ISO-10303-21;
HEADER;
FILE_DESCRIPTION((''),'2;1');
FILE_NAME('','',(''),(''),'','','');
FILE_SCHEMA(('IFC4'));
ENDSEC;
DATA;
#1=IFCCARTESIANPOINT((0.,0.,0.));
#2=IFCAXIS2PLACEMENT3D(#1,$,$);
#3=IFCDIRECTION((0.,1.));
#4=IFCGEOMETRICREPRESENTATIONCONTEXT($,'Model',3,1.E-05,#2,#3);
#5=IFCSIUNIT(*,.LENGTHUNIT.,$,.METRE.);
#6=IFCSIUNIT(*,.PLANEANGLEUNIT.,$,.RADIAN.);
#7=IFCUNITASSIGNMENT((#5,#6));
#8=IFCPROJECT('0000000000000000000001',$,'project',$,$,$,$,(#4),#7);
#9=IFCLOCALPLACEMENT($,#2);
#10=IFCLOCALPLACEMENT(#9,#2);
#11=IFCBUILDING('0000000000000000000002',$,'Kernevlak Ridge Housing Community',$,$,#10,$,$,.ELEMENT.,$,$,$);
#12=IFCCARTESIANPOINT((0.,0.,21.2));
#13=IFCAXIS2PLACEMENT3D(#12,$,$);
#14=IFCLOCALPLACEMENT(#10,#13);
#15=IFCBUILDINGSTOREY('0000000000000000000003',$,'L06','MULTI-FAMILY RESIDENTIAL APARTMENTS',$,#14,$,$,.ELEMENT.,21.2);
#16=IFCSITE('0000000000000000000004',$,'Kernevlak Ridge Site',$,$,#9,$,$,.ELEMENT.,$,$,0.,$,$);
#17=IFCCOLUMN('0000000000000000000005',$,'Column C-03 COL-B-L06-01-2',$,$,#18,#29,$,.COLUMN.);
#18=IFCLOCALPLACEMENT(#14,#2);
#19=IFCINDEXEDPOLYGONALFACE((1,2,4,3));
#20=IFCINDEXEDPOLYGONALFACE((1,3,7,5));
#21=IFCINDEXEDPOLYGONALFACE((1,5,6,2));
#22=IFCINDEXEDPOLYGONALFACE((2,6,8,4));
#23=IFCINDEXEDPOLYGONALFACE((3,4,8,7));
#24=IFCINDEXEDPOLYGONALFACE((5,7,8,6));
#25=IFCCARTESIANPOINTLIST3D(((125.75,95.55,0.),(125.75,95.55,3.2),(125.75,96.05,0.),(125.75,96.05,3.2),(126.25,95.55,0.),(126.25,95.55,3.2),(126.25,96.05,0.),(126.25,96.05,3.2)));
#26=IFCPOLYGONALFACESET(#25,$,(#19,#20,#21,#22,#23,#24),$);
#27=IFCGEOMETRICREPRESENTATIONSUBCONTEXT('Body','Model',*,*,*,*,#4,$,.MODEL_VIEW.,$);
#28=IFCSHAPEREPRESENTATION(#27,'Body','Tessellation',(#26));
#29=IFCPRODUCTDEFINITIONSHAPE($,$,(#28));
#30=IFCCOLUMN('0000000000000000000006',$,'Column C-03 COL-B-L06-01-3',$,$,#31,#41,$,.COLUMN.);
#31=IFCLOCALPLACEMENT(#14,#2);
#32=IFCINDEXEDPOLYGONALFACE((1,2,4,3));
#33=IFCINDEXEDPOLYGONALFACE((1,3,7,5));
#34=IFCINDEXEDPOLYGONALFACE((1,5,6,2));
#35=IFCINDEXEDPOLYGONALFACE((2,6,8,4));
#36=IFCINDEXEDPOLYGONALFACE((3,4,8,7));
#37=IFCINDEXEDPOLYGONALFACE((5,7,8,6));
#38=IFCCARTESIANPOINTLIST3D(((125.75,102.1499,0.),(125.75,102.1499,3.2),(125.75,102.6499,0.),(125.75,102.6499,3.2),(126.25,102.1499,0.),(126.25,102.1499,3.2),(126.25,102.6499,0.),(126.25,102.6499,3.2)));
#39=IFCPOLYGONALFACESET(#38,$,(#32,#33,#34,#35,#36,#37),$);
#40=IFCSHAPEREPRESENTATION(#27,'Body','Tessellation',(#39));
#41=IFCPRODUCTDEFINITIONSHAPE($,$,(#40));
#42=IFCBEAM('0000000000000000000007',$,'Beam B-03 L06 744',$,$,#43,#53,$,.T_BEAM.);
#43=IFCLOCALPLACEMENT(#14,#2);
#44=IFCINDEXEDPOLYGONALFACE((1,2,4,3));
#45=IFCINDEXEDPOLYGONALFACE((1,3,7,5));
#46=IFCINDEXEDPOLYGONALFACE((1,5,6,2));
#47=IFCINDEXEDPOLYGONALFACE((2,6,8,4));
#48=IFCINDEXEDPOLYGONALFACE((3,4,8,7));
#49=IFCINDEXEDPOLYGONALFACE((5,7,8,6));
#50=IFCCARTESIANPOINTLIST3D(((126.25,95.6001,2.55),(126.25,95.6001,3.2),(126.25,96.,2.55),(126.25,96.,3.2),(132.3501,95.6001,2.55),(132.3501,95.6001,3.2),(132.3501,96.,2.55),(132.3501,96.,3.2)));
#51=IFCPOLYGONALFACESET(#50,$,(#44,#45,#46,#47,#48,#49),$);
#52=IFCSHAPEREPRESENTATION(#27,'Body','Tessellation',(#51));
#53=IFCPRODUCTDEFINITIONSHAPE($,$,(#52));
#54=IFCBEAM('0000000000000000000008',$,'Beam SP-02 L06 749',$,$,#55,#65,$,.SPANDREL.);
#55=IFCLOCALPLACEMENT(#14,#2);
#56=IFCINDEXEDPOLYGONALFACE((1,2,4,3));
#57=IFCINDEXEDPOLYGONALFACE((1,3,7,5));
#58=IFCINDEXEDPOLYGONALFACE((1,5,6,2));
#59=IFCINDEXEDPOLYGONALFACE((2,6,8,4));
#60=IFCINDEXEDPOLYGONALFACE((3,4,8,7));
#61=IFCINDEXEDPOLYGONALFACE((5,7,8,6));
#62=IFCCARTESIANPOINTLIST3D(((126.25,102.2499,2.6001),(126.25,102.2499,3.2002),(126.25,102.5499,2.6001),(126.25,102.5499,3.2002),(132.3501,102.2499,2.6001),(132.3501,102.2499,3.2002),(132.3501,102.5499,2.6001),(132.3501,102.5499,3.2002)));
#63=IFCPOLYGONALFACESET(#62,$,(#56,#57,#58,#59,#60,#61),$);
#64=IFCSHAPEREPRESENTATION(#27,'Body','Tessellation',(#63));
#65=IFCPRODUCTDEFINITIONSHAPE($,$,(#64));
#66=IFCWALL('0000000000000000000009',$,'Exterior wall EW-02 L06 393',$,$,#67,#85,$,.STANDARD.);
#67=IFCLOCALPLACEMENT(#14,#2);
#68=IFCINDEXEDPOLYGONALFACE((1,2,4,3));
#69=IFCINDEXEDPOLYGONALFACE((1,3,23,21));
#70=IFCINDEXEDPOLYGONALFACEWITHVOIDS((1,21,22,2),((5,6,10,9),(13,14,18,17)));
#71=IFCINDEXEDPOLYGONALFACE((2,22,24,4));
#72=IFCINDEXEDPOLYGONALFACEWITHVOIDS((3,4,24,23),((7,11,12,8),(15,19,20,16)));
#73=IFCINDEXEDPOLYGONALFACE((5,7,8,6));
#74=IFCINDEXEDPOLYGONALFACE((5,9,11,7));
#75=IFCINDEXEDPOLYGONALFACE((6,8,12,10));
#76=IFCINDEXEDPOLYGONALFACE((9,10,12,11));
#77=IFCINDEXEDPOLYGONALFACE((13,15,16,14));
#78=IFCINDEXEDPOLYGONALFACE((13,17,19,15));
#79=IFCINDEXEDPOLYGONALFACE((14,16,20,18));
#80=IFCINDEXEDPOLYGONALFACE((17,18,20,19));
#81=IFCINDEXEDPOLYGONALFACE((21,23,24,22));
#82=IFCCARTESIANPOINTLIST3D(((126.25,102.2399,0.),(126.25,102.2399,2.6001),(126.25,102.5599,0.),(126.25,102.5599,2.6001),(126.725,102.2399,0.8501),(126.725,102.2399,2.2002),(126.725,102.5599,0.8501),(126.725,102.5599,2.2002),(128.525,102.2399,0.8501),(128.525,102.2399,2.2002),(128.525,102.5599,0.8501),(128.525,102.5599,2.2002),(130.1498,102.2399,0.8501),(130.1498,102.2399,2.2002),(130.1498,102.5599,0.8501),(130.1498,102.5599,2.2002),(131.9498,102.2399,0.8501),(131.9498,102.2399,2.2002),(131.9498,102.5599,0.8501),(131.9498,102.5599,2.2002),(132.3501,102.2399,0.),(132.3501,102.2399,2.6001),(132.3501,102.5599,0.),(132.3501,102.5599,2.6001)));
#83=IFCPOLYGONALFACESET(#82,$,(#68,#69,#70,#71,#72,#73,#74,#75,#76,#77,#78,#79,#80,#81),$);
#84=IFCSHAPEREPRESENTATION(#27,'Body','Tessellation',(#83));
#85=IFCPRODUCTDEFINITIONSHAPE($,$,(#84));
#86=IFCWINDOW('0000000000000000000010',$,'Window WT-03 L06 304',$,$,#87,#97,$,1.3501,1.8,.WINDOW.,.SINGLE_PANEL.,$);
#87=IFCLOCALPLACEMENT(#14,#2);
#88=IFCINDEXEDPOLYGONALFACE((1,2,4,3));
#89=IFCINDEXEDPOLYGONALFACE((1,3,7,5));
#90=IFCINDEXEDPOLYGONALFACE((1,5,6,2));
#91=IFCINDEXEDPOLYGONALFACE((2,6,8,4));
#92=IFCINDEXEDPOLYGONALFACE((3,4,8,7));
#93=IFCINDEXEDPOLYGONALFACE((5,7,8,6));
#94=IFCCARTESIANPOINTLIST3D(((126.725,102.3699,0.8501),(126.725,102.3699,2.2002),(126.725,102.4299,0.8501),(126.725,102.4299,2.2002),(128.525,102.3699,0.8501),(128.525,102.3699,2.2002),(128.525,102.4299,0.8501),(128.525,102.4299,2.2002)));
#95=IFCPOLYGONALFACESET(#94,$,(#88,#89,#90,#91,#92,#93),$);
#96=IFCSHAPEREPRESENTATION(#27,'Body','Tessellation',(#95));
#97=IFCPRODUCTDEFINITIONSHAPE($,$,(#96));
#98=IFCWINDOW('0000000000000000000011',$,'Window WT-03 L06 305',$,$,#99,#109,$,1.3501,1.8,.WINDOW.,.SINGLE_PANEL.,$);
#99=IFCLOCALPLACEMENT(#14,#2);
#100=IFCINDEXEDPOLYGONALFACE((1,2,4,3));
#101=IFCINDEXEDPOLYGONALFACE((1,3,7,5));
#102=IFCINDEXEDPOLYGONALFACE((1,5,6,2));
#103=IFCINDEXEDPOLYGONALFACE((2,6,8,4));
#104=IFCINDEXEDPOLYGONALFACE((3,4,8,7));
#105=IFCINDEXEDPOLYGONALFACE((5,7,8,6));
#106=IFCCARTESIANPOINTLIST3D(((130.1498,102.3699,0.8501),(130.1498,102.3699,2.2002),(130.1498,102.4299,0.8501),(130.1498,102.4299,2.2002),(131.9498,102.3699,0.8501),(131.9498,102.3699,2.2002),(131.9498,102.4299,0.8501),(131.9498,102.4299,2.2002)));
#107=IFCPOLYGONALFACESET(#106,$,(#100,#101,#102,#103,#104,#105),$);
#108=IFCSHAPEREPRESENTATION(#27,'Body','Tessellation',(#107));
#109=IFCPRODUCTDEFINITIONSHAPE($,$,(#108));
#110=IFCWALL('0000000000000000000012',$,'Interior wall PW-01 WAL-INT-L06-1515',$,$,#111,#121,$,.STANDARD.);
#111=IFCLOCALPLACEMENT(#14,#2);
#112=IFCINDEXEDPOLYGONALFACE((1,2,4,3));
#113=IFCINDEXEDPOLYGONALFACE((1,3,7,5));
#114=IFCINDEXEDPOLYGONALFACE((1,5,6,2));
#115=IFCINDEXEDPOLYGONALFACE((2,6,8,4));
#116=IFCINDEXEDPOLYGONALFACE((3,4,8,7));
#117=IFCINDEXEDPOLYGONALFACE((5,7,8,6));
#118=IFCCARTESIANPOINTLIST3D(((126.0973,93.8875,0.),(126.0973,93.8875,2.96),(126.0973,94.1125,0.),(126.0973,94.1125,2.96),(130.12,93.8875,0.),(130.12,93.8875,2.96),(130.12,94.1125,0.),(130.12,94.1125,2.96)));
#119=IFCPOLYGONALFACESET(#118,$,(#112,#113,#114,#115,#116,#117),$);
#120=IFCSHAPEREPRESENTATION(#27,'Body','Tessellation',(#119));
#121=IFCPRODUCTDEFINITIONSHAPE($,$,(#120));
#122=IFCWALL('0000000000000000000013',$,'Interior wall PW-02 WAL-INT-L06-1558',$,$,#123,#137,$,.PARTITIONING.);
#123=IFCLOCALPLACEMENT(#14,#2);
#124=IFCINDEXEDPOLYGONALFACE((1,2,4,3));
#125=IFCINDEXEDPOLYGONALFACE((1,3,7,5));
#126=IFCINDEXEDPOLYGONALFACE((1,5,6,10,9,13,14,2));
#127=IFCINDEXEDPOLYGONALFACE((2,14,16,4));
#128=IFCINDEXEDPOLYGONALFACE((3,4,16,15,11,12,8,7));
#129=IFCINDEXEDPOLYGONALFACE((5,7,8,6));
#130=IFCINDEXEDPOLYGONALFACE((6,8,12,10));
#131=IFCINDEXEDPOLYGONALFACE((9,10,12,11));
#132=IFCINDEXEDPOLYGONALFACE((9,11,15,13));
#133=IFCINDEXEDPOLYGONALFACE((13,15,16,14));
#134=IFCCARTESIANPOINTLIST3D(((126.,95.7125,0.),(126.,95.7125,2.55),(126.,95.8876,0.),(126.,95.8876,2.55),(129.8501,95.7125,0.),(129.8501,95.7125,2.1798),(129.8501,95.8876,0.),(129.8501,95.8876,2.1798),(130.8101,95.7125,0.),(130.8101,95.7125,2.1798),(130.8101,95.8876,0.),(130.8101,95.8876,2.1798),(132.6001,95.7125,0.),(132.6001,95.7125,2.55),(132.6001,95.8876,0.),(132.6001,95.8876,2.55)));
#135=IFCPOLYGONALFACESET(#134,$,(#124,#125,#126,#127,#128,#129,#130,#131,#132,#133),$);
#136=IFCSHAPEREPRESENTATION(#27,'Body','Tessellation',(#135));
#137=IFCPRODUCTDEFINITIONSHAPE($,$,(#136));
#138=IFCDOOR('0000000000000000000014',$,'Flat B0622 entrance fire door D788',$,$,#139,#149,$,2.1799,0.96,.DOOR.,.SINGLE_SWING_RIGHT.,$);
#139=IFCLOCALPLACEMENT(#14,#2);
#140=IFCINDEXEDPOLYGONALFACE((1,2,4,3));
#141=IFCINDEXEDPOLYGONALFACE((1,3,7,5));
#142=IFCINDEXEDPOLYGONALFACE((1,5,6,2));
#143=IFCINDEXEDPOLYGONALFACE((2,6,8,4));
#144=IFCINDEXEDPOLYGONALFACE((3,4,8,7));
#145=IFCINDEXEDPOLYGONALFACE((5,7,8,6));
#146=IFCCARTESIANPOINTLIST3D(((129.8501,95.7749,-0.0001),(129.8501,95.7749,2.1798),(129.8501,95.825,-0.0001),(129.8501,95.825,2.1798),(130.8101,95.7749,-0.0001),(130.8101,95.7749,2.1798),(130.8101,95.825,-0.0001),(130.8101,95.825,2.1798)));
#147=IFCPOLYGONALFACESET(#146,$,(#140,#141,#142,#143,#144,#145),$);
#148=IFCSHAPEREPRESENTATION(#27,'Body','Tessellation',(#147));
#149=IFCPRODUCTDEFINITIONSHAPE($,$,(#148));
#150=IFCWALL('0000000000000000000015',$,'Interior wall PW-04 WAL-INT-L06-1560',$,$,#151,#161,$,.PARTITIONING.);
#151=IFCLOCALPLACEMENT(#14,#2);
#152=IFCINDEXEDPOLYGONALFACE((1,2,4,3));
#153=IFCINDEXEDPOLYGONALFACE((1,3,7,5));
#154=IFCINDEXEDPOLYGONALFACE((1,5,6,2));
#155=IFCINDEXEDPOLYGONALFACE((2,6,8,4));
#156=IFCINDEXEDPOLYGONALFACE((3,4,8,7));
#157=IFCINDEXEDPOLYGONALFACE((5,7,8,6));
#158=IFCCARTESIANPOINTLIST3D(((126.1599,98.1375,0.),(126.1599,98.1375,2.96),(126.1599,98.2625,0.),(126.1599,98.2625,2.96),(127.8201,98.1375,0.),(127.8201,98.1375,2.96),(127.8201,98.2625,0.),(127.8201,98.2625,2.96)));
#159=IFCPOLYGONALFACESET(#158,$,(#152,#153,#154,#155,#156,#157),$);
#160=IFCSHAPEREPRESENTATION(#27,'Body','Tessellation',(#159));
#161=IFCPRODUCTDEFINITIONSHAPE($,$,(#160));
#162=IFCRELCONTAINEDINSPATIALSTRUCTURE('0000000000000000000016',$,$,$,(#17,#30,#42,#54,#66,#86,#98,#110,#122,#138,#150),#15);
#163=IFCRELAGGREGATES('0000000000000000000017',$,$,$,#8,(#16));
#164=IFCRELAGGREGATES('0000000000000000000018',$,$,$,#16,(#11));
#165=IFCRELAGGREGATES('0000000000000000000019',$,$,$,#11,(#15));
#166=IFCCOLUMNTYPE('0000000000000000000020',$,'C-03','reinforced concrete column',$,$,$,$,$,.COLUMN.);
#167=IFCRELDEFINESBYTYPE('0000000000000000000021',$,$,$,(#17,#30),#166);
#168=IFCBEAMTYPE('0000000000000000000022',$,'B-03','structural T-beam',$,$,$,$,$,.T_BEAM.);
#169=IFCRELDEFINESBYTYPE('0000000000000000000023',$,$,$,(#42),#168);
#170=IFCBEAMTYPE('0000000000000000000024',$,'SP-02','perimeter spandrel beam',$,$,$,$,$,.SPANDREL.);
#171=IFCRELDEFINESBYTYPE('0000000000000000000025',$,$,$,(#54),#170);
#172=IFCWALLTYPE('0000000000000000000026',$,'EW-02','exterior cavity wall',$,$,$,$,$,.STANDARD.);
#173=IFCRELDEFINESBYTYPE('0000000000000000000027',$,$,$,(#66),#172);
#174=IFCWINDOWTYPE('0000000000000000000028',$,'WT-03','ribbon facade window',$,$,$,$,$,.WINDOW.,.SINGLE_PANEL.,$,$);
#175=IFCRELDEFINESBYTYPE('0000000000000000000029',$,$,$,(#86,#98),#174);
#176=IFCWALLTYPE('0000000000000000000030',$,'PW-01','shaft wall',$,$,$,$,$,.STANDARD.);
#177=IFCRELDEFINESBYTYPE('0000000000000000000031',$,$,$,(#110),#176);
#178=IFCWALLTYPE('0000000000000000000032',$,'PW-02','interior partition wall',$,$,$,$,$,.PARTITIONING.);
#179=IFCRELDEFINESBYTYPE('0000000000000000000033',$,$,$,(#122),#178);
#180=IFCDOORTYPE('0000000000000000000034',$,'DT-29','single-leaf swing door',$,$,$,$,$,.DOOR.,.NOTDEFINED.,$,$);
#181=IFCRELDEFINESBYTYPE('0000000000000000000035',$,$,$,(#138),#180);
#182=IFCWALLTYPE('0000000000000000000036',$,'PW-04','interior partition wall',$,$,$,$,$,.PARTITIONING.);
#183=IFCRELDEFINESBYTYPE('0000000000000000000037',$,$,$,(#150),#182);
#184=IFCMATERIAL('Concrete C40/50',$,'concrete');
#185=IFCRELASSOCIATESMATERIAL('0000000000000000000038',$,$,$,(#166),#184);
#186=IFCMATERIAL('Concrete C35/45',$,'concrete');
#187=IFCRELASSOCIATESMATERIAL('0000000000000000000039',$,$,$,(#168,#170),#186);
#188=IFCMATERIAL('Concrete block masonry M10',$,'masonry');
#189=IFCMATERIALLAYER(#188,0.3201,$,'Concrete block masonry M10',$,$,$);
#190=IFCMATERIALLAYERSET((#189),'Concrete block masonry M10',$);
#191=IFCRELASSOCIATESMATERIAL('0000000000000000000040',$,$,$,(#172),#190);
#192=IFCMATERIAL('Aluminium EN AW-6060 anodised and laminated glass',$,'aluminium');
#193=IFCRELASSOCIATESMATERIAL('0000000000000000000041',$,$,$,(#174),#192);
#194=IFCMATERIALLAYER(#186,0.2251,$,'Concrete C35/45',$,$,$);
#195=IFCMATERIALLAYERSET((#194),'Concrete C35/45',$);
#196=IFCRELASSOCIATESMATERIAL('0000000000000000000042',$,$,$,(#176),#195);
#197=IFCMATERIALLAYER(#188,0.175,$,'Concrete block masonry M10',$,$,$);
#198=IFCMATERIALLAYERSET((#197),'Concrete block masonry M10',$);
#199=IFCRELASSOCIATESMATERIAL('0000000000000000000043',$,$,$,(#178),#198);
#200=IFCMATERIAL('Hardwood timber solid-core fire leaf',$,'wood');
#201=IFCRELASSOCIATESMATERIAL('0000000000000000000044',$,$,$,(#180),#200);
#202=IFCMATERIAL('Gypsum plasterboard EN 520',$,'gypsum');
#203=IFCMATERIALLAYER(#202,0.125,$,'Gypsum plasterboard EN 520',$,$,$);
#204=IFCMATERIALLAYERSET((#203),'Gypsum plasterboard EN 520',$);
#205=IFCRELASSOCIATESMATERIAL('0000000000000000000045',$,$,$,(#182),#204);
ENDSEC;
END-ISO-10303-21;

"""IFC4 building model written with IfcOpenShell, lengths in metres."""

from ifc_helpers import new_model, si_unit, direction, frame, frame_2d, origin, origin_2d, place, context, subcontext, project, spatial, rectangle, extrude, material, layer, layer_set, material_profile, profile_set, type_object, element, fill, save


model = new_model("IFC4")

# Units and contexts
model_context = context("Model", 3, precision=1e-05, world=origin(), true_north=direction((0.0, 1.0)))
body_context = subcontext(model_context, "Body", "Model", "MODEL_VIEW")
ifc_project = project(units=[si_unit("LENGTHUNIT", "METRE"), si_unit("PLANEANGLEUNIT", "RADIAN")], contexts=[model_context])

# Site, building, storey
site_placement = place(None, origin())
site = spatial("IfcSite", under=ifc_project, at=site_placement, Name="Kernevlak Ridge Site", CompositionType="ELEMENT", RefElevation=0.0)
building_placement = place(site_placement, origin())
building = spatial("IfcBuilding", under=site, at=building_placement, Name="Kernevlak Ridge Housing Community", CompositionType="ELEMENT")
storey_placement = place(building_placement, frame((0.0, 0.0, 21.2)))
storey = spatial("IfcBuildingStorey", under=building, at=storey_placement, Name="L06", Description="MULTI-FAMILY RESIDENTIAL APARTMENTS", CompositionType="ELEMENT", Elevation=21.2)

# Columns
ifc_material_1 = material(Name="Concrete C40/50", Category="concrete")
ifc_material_profile_1 = material_profile(ifc_material_1, rectangle(XDim=0.5, YDim=0.5, at=origin_2d()), Name="RC 500x500")
ifc_profile_set_1 = profile_set([ifc_material_profile_1], Name="Concrete C40/50")
column_type = type_object("IfcColumnType", Name="C-03", Description="reinforced concrete column", PredefinedType="COLUMN", material=ifc_profile_set_1)
for number, where, z_axis, x_axis, name in (
    (1, (126.0, 95.8, 0.0), (0.0, 0.0, 1.0), (1.0, 0.0, 0.0), "Column C-03 COL-B-L06-01-2"),
    (2, (126.0, 102.3999, 0.0), (0.0, 0.0, 1.0), (1.0, 0.0, 0.0), "Column C-03 COL-B-L06-01-3"),
):
    element("IfcColumn", number, at=place(storey_placement, frame(where, z_axis=z_axis, x_axis=x_axis)), inside=storey, type_object=column_type, Name=name, PredefinedType="COLUMN", context=body_context, shape_type="SweptSolid", body=[
        extrude(rectangle(XDim=0.5, YDim=0.5, at=origin_2d()), origin(), (0.0, 0.0, 1.0), 3.2),
    ])

# Beams
ifc_material_2 = material(Name="Concrete C35/45", Category="concrete")
ifc_material_profile_2 = material_profile(ifc_material_2, rectangle(XDim=0.3999, YDim=0.6499, at=origin_2d()), Name="RC 400x650")
ifc_profile_set_2 = profile_set([ifc_material_profile_2], Name="Concrete C35/45")
beam_type_1 = type_object("IfcBeamType", Name="B-03", Description="structural T-beam", PredefinedType="T_BEAM", material=ifc_profile_set_2)
beam_1_placement = place(storey_placement, frame((126.25, 95.8, 2.875), z_axis=(1.0, 0.0, 0.0), x_axis=(0.0, 1.0, 0.0)))
element("IfcBeam", 3, at=beam_1_placement, inside=storey, type_object=beam_type_1, Name="Beam B-03 L06 744", PredefinedType="T_BEAM", context=body_context, shape_type="SweptSolid", body=[
    extrude(rectangle(XDim=0.3999, YDim=0.6499, at=origin_2d()), origin(), (0.0, 0.0, 1.0), 6.1001),
])
ifc_material_profile_3 = material_profile(ifc_material_2, rectangle(XDim=0.3, YDim=0.6001, at=origin_2d()), Name="RC 300x600")
ifc_profile_set_3 = profile_set([ifc_material_profile_3], Name="Concrete C35/45")
beam_type_2 = type_object("IfcBeamType", Name="SP-02", Description="perimeter spandrel beam", PredefinedType="SPANDREL", material=ifc_profile_set_3)
beam_2_placement = place(storey_placement, frame((126.25, 102.3999, 2.9001), z_axis=(1.0, 0.0, 0.0), x_axis=(0.0, 1.0, 0.0)))
element("IfcBeam", 4, at=beam_2_placement, inside=storey, type_object=beam_type_2, Name="Beam SP-02 L06 749", PredefinedType="SPANDREL", context=body_context, shape_type="SweptSolid", body=[
    extrude(rectangle(XDim=0.3, YDim=0.6001, at=origin_2d()), origin(), (0.0, 0.0, 1.0), 6.1001),
])

# Wall, openings, windows
ifc_material_3 = material(Name="Concrete block masonry M10", Category="masonry")
ifc_layer_1 = layer(ifc_material_3, 0.3201, Name="Concrete block masonry M10")
ifc_layer_set_1 = layer_set([ifc_layer_1], Name="Concrete block masonry M10")
wall_type_1 = type_object("IfcWallType", Name="EW-02", Description="exterior cavity wall", PredefinedType="STANDARD", material=ifc_layer_set_1)
wall_1_placement = place(storey_placement, frame((126.25, 102.3999, 0.0), z_axis=(0.0, 0.0, 1.0), x_axis=(1.0, 0.0, 0.0)))
wall_1 = element("IfcWall", 5, at=wall_1_placement, inside=storey, type_object=wall_type_1, Name="Exterior wall EW-02 L06 393", PredefinedType="STANDARD", context=body_context, shape_type="SweptSolid", body=[
    extrude(rectangle(XDim=6.1001, YDim=0.3201, at=frame_2d((3.05, 0.0))), origin(), (0.0, 0.0, 1.0), 2.6001),
])
opening_1_placement = place(wall_1_placement, frame((0.4751, 0.0, 0.8501)))
opening_1 = element("IfcOpeningElement", 6, at=opening_1_placement, cuts=wall_1, PredefinedType="OPENING", context=body_context, shape_type="SweptSolid", body=[
    extrude(rectangle(XDim=1.8, YDim=1.3501, at=frame_2d((0.8999, 0.675))), frame((0.0, 0.1699, 0.0), z_axis=(0.0, -1.0, 0.0), x_axis=(1.0, 0.0, 0.0)), (0.0, 0.0, 1.0), 0.3401),
])
opening_2_placement = place(wall_1_placement, frame((3.8999, 0.0, 0.8501)))
opening_2 = element("IfcOpeningElement", 7, at=opening_2_placement, cuts=wall_1, PredefinedType="OPENING", context=body_context, shape_type="SweptSolid", body=[
    extrude(rectangle(XDim=1.8, YDim=1.3501, at=frame_2d((0.8999, 0.675))), frame((0.0, 0.1699, 0.0), z_axis=(0.0, -1.0, 0.0), x_axis=(1.0, 0.0, 0.0)), (0.0, 0.0, 1.0), 0.3401),
])
ifc_material_4 = material(Name="Aluminium EN AW-6060 anodised and laminated glass", Category="aluminium")
window_type = type_object("IfcWindowType", Name="WT-03", Description="ribbon facade window", PartitioningType="SINGLE_PANEL", PredefinedType="WINDOW", material=ifc_material_4)
window_1_placement = place(opening_1_placement, origin())
window_1 = element("IfcWindow", 8, at=window_1_placement, inside=storey, type_object=window_type, Name="Window WT-03 L06 304", OverallHeight=1.3501, OverallWidth=1.8, PartitioningType="SINGLE_PANEL", PredefinedType="WINDOW", context=body_context, shape_type="SweptSolid", body=[
    extrude(rectangle(XDim=1.8, YDim=1.3501, at=frame_2d((0.8999, 0.675))), frame((0.0, 0.03, 0.0), z_axis=(0.0, -1.0, 0.0), x_axis=(1.0, 0.0, 0.0)), (0.0, 0.0, 1.0), 0.0601),
])
fill(opening_1, window_1)
window_2_placement = place(opening_2_placement, origin())
window_2 = element("IfcWindow", 9, at=window_2_placement, inside=storey, type_object=window_type, Name="Window WT-03 L06 305", OverallHeight=1.3501, OverallWidth=1.8, PartitioningType="SINGLE_PANEL", PredefinedType="WINDOW", context=body_context, shape_type="SweptSolid", body=[
    extrude(rectangle(XDim=1.8, YDim=1.3501, at=frame_2d((0.8999, 0.675))), frame((0.0, 0.03, 0.0), z_axis=(0.0, -1.0, 0.0), x_axis=(1.0, 0.0, 0.0)), (0.0, 0.0, 1.0), 0.0601),
])
fill(opening_2, window_2)

# Wall
ifc_layer_2 = layer(ifc_material_2, 0.2251, Name="Concrete C35/45")
ifc_layer_set_2 = layer_set([ifc_layer_2], Name="Concrete C35/45")
wall_type_2 = type_object("IfcWallType", Name="PW-01", Description="shaft wall", PredefinedType="STANDARD", material=ifc_layer_set_2)
wall_2_placement = place(storey_placement, frame((126.0974, 94.0, 0.0), z_axis=(0.0, 0.0, 1.0), x_axis=(1.0, 0.0, 0.0)))
element("IfcWall", 10, at=wall_2_placement, inside=storey, type_object=wall_type_2, Name="Interior wall PW-01 WAL-INT-L06-1515", PredefinedType="STANDARD", context=body_context, shape_type="SweptSolid", body=[
    extrude(rectangle(XDim=4.0227, YDim=0.2251, at=frame_2d((2.0112, 0.0))), origin(), (0.0, 0.0, 1.0), 2.96),
])

# Wall, opening, door
ifc_layer_3 = layer(ifc_material_3, 0.175, Name="Concrete block masonry M10")
ifc_layer_set_3 = layer_set([ifc_layer_3], Name="Concrete block masonry M10")
wall_type_3 = type_object("IfcWallType", Name="PW-02", Description="interior partition wall", PredefinedType="PARTITIONING", material=ifc_layer_set_3)
wall_3_placement = place(storey_placement, frame((126.0, 95.8, 0.0), z_axis=(0.0, 0.0, 1.0), x_axis=(1.0, 0.0, 0.0)))
wall_3 = element("IfcWall", 11, at=wall_3_placement, inside=storey, type_object=wall_type_3, Name="Interior wall PW-02 WAL-INT-L06-1558", PredefinedType="PARTITIONING", context=body_context, shape_type="SweptSolid", body=[
    extrude(rectangle(XDim=6.6001, YDim=0.175, at=frame_2d((3.3, 0.0))), origin(), (0.0, 0.0, 1.0), 2.55),
])
opening_3_placement = place(wall_3_placement, frame((3.8501, 0.0, 0.0)))
opening_3 = element("IfcOpeningElement", 12, at=opening_3_placement, cuts=wall_3, PredefinedType="OPENING", context=body_context, shape_type="SweptSolid", body=[
    extrude(rectangle(XDim=0.96, YDim=2.1799, at=frame_2d((0.48, 1.0898))), frame((0.0, 0.0974, 0.0), z_axis=(0.0, -1.0, 0.0), x_axis=(1.0, 0.0, 0.0)), (0.0, 0.0, 1.0), 0.1951),
])
ifc_material_5 = material(Name="Hardwood timber solid-core fire leaf", Category="wood")
door_type_1 = type_object("IfcDoorType", Name="DT-29", Description="single-leaf swing door", OperationType="NOTDEFINED", PredefinedType="DOOR", material=ifc_material_5)
door_1_placement = place(opening_3_placement, origin())
door_1 = element("IfcDoor", 13, at=door_1_placement, inside=storey, type_object=door_type_1, Name="Flat B0622 entrance fire door D788", OperationType="SINGLE_SWING_RIGHT", OverallHeight=2.1799, OverallWidth=0.96, PredefinedType="DOOR", context=body_context, shape_type="SweptSolid", body=[
    extrude(rectangle(XDim=0.96, YDim=2.1799, at=frame_2d((0.48, 1.0898))), frame((0.0, 0.0249, 0.0), z_axis=(0.0, -1.0, 0.0), x_axis=(1.0, 0.0, 0.0)), (0.0, 0.0, 1.0), 0.05),
])
fill(opening_3, door_1)

# Wall
ifc_material_6 = material(Name="Gypsum plasterboard EN 520", Category="gypsum")
ifc_layer_4 = layer(ifc_material_6, 0.125, Name="Gypsum plasterboard EN 520")
ifc_layer_set_4 = layer_set([ifc_layer_4], Name="Gypsum plasterboard EN 520")
wall_type_4 = type_object("IfcWallType", Name="PW-04", Description="interior partition wall", PredefinedType="PARTITIONING", material=ifc_layer_set_4)
wall_4_placement = place(storey_placement, frame((126.1599, 98.2, 0.0), z_axis=(0.0, 0.0, 1.0), x_axis=(1.0, 0.0, 0.0)))
element("IfcWall", 14, at=wall_4_placement, inside=storey, type_object=wall_type_4, Name="Interior wall PW-04 WAL-INT-L06-1560", PredefinedType="PARTITIONING", context=body_context, shape_type="SweptSolid", body=[
    extrude(rectangle(XDim=1.6602, YDim=0.125, at=frame_2d((0.8301, 0.0))), origin(), (0.0, 0.0, 1.0), 2.96),
])

save(model, "model.ifc")
